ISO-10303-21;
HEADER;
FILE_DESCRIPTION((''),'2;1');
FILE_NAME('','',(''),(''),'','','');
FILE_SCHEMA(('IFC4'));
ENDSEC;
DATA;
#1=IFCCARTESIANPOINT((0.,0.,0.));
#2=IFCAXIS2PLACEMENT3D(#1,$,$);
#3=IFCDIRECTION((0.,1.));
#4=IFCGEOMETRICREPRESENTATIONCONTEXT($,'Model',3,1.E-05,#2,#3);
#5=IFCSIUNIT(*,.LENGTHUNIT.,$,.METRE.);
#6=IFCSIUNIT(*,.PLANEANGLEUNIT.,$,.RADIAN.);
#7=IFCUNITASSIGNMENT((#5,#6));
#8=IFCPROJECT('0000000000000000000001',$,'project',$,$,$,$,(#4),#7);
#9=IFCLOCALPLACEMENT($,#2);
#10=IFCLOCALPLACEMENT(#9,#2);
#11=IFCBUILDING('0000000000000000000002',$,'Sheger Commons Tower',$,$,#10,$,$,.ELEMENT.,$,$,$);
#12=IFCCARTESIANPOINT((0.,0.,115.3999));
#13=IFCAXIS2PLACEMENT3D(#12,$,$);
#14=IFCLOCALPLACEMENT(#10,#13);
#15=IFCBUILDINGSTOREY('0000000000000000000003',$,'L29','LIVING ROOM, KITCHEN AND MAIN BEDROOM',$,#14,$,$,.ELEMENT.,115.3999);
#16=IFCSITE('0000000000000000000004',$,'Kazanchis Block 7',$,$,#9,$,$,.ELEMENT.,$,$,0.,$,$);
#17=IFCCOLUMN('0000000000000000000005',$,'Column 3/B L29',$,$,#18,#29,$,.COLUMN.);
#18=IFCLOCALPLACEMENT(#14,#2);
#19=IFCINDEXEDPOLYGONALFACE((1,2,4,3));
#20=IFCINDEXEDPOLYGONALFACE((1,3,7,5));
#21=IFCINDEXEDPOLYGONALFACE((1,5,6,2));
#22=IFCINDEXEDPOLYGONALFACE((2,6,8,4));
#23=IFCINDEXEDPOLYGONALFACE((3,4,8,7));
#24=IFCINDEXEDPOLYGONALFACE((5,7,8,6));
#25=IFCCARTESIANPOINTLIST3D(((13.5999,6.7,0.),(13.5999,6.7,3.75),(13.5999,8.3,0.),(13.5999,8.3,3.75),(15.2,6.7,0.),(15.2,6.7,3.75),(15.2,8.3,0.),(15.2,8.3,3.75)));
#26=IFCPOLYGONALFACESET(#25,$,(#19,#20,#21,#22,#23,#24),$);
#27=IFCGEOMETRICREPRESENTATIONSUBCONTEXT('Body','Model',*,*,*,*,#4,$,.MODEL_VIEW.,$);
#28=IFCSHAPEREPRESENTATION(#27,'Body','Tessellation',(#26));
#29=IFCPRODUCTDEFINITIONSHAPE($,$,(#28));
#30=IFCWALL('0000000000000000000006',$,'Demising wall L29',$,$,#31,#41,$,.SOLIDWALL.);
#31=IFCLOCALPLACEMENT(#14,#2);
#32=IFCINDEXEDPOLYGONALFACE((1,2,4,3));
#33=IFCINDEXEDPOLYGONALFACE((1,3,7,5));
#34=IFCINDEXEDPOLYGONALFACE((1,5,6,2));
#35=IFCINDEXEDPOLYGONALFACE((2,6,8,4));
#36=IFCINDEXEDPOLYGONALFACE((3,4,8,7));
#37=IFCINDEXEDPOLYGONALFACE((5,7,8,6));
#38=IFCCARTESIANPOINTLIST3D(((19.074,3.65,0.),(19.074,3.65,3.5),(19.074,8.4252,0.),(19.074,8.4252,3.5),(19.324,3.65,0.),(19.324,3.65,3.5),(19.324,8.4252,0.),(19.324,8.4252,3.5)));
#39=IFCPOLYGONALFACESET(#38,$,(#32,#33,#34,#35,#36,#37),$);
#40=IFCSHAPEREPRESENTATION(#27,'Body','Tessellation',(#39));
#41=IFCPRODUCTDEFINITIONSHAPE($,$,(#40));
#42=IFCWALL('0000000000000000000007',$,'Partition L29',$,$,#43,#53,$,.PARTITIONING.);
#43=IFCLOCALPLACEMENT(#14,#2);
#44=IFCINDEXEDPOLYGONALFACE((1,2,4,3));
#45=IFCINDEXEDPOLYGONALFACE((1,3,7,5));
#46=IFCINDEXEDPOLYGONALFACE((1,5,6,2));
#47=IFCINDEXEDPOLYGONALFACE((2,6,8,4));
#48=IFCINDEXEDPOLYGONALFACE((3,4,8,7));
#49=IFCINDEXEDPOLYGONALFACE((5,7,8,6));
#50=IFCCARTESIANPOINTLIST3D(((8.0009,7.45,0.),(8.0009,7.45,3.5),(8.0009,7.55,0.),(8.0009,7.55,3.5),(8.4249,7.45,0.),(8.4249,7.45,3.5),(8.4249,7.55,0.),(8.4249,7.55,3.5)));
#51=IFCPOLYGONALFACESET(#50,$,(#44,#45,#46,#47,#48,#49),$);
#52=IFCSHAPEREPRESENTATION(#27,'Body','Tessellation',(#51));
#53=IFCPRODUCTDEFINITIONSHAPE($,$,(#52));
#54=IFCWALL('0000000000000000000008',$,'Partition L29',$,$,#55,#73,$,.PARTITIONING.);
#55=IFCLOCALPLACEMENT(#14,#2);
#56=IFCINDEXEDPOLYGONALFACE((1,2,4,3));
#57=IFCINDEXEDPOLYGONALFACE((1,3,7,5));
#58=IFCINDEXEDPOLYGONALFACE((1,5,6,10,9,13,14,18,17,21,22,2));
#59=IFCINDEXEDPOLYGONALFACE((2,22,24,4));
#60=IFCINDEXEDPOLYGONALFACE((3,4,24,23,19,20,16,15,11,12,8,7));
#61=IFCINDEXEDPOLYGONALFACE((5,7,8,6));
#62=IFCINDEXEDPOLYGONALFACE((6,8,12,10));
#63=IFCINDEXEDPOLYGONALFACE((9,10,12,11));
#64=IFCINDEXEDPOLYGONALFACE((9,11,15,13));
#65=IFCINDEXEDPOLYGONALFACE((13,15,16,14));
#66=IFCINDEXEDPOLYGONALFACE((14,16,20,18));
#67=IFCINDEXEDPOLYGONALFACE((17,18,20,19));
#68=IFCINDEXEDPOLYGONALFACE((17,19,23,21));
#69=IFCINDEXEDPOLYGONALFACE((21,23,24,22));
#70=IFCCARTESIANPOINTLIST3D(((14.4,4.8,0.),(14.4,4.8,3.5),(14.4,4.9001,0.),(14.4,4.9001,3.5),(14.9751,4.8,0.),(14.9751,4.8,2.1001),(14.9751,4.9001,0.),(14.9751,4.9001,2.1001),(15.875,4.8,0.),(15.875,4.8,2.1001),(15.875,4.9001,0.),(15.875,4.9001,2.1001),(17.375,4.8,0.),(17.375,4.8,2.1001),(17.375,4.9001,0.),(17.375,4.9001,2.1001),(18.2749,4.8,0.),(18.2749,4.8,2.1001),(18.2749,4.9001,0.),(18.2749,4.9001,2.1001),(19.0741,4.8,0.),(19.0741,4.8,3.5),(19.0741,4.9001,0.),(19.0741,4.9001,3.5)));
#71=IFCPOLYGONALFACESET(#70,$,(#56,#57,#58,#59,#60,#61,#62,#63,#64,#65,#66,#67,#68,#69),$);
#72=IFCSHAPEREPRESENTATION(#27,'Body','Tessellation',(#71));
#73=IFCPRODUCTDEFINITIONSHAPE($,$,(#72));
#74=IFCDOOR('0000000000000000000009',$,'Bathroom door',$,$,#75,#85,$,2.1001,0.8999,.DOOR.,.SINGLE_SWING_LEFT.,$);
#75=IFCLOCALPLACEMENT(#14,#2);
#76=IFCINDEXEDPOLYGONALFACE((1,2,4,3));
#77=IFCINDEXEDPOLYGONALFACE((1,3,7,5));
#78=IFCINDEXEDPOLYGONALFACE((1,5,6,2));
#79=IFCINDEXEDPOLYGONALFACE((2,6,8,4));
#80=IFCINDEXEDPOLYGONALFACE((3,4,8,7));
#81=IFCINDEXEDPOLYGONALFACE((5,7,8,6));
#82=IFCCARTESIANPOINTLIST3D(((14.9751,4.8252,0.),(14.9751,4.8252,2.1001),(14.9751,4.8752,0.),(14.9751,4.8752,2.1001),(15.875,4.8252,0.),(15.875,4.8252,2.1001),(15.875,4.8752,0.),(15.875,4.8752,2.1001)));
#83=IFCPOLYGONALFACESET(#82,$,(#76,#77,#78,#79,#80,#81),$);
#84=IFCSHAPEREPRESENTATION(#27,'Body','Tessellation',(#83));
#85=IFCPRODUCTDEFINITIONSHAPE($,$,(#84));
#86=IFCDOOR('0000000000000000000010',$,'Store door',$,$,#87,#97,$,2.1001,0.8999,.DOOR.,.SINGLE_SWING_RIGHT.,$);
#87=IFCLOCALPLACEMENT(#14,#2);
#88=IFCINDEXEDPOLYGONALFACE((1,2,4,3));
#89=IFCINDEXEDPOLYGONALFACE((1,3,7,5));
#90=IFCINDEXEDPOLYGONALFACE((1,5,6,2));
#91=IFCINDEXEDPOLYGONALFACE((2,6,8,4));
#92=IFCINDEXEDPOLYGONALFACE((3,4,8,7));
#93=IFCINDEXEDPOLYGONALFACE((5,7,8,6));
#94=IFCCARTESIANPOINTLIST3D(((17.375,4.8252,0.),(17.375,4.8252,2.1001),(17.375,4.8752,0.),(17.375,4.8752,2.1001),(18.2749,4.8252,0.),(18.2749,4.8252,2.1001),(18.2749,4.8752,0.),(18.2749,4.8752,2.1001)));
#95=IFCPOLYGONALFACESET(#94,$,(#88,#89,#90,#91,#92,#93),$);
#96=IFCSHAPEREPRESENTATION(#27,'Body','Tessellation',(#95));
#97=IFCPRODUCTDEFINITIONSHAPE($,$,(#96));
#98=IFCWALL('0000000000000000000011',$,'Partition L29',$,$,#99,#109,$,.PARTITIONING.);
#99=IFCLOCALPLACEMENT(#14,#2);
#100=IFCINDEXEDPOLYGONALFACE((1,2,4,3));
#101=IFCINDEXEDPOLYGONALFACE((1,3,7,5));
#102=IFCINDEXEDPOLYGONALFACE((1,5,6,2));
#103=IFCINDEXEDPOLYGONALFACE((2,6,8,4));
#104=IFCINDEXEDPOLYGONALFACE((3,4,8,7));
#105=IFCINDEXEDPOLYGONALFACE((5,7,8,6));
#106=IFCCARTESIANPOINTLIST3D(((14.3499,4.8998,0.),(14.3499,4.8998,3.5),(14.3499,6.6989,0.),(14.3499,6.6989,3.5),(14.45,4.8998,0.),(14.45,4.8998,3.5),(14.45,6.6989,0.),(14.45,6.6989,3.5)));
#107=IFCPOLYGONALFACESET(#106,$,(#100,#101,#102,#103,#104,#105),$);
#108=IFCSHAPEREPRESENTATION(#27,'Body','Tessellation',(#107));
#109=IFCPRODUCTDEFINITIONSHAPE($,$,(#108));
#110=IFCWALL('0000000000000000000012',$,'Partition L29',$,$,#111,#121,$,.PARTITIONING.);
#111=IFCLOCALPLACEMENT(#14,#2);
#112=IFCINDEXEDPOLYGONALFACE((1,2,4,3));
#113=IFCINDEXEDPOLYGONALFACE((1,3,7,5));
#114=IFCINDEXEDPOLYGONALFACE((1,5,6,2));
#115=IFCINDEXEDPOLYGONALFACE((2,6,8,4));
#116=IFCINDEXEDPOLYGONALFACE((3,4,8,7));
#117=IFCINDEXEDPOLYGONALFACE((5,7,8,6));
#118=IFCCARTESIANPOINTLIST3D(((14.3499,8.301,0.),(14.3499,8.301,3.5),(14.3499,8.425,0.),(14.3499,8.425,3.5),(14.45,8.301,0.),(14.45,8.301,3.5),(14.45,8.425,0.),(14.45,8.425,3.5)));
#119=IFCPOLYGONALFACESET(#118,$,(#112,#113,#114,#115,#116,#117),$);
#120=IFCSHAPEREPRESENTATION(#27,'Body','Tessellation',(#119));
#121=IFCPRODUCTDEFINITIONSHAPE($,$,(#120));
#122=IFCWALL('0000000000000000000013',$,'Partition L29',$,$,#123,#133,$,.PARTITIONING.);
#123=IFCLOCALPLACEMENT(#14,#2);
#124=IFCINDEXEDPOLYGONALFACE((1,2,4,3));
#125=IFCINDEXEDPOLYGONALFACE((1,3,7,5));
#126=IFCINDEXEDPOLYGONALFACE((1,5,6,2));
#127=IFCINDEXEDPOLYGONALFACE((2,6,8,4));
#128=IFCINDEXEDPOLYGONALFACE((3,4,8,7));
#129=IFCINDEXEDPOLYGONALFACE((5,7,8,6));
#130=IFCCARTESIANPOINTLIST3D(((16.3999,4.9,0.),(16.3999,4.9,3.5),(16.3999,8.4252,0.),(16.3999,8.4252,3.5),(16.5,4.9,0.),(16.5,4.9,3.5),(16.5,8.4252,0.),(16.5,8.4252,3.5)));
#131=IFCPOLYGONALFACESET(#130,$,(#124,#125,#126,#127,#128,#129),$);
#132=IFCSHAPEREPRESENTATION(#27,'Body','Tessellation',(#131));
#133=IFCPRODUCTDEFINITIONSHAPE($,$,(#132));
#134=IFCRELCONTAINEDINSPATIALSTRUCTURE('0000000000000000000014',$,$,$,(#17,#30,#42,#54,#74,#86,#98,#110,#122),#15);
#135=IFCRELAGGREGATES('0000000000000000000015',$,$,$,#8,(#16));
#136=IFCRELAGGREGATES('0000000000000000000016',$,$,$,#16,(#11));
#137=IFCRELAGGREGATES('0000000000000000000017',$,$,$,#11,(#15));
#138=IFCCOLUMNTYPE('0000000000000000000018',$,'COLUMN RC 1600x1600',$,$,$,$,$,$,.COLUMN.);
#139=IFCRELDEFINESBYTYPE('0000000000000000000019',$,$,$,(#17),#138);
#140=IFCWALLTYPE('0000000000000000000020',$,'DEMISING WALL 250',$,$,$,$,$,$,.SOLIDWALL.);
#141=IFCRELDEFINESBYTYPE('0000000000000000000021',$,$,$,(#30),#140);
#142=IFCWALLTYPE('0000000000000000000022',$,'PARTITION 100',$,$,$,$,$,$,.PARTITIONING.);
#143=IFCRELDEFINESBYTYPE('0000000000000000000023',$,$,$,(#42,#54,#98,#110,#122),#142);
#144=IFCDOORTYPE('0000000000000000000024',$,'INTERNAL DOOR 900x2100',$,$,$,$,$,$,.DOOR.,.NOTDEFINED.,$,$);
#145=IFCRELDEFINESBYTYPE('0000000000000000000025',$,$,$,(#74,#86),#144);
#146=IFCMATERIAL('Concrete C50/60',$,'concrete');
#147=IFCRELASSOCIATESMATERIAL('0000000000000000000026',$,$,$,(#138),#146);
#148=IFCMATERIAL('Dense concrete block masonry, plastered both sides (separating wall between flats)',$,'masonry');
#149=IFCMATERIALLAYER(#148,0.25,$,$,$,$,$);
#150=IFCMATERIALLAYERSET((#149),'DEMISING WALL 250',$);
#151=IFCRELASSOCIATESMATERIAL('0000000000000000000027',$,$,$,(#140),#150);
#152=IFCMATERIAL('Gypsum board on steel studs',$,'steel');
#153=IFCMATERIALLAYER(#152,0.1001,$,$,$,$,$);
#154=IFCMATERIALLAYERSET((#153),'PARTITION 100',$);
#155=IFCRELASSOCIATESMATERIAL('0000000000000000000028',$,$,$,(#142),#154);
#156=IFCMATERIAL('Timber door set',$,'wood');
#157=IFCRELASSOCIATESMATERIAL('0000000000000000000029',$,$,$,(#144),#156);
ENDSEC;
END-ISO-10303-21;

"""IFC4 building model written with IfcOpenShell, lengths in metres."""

from ifc_helpers import new_model, si_unit, direction, frame, frame_2d, origin, origin_2d, place, context, subcontext, project, spatial, rectangle, extrude, material, layer, layer_set, material_profile, profile_set, type_object, element, fill, save


model = new_model("IFC4")

# Units and contexts
model_context = context("Model", 3, precision=1e-05, world=origin(), true_north=direction((0.0, 1.0)))
body_context = subcontext(model_context, "Body", "Model", "MODEL_VIEW")
ifc_project = project(units=[si_unit("LENGTHUNIT", "METRE"), si_unit("PLANEANGLEUNIT", "RADIAN")], contexts=[model_context])

# Site, building, storey
site_placement = place(None, origin())
site = spatial("IfcSite", under=ifc_project, at=site_placement, Name="Kazanchis Block 7", CompositionType="ELEMENT", RefElevation=0.0)
building_placement = place(site_placement, origin())
building = spatial("IfcBuilding", under=site, at=building_placement, Name="Sheger Commons Tower", CompositionType="ELEMENT")
storey_placement = place(building_placement, frame((0.0, 0.0, 115.3999)))
storey = spatial("IfcBuildingStorey", under=building, at=storey_placement, Name="L29", Description="LIVING ROOM, KITCHEN AND MAIN BEDROOM", CompositionType="ELEMENT", Elevation=115.3999)

# Column
ifc_material_1 = material(Name="Concrete C50/60", Category="concrete")
ifc_material_profile = material_profile(ifc_material_1, rectangle(XDim=1.6001, YDim=1.6001, at=origin_2d()), Name="RC 1600x1600")
ifc_profile_set = profile_set([ifc_material_profile], Name="Concrete C50/60")
column_type = type_object("IfcColumnType", Name="COLUMN RC 1600x1600", PredefinedType="COLUMN", material=ifc_profile_set)
column_placement = place(storey_placement, frame((14.3999, 7.5, 0.0), z_axis=(0.0, 0.0, 1.0), x_axis=(1.0, 0.0, 0.0)))
element("IfcColumn", 1, at=column_placement, inside=storey, type_object=column_type, Name="Column 3/B L29", PredefinedType="COLUMN", context=body_context, shape_type="SweptSolid", body=[
    extrude(rectangle(XDim=1.6001, YDim=1.6001, at=origin_2d()), origin(), (0.0, 0.0, 1.0), 3.75),
])

# Walls
ifc_material_2 = material(Name="Dense concrete block masonry, plastered both sides (separating wall between flats)", Category="masonry")
ifc_layer_1 = layer(ifc_material_2, 0.25)
ifc_layer_set_1 = layer_set([ifc_layer_1], Name="DEMISING WALL 250")
wall_type_1 = type_object("IfcWallType", Name="DEMISING WALL 250", PredefinedType="SOLIDWALL", material=ifc_layer_set_1)
wall_1_placement = place(storey_placement, frame((19.199, 3.6499, 0.0), z_axis=(0.0, 0.0, 1.0), x_axis=(0.0, 1.0, 0.0)))
element("IfcWall", 2, at=wall_1_placement, inside=storey, type_object=wall_type_1, Name="Demising wall L29", PredefinedType="SOLIDWALL", context=body_context, shape_type="SweptSolid", body=[
    extrude(rectangle(XDim=4.7751, YDim=0.25, at=frame_2d((2.3877, 0.0))), origin(), (0.0, 0.0, 1.0), 3.5),
])
ifc_material_3 = material(Name="Gypsum board on steel studs", Category="steel")
ifc_layer_2 = layer(ifc_material_3, 0.1001)
ifc_layer_set_2 = layer_set([ifc_layer_2], Name="PARTITION 100")
wall_type_2 = type_object("IfcWallType", Name="PARTITION 100", PredefinedType="PARTITIONING", material=ifc_layer_set_2)
wall_2_placement = place(storey_placement, frame((8.001, 7.5, 0.0), z_axis=(0.0, 0.0, 1.0), x_axis=(1.0, 0.0, 0.0)))
element("IfcWall", 3, at=wall_2_placement, inside=storey, type_object=wall_type_2, Name="Partition L29", PredefinedType="PARTITIONING", context=body_context, shape_type="SweptSolid", body=[
    extrude(rectangle(XDim=0.4241, YDim=0.1001, at=frame_2d((0.2119, 0.0))), origin(), (0.0, 0.0, 1.0), 3.5),
])

# Wall, openings, doors
wall_3_placement = place(storey_placement, frame((19.074, 4.8501, 0.0), z_axis=(0.0, 0.0, 1.0), x_axis=(-1.0, 0.0, 0.0)))
wall_3 = element("IfcWall", 4, at=wall_3_placement, inside=storey, type_object=wall_type_2, Name="Partition L29", PredefinedType="PARTITIONING", context=body_context, shape_type="SweptSolid", body=[
    extrude(rectangle(XDim=4.6741, YDim=0.1001, at=frame_2d((2.3369, 0.0))), origin(), (0.0, 0.0, 1.0), 3.5),
])
opening_1_placement = place(wall_3_placement, frame((3.199, 0.0, 0.0)))
opening_1 = element("IfcOpeningElement", 5, at=opening_1_placement, cuts=wall_3, PredefinedType="OPENING", context=body_context, shape_type="SweptSolid", body=[
    extrude(rectangle(XDim=0.8999, YDim=2.1001, at=frame_2d((0.45, 1.05))), frame((0.0, 0.0601, 0.0), z_axis=(0.0, -1.0, 0.0), x_axis=(1.0, 0.0, 0.0)), (0.0, 0.0, 1.0), 0.1201),
])
opening_2_placement = place(wall_3_placement, frame((0.7991, 0.0, 0.0)))
opening_2 = element("IfcOpeningElement", 6, at=opening_2_placement, cuts=wall_3, PredefinedType="OPENING", context=body_context, shape_type="SweptSolid", body=[
    extrude(rectangle(XDim=0.8999, YDim=2.1001, at=frame_2d((0.45, 1.05))), frame((0.0, 0.0601, 0.0), z_axis=(0.0, -1.0, 0.0), x_axis=(1.0, 0.0, 0.0)), (0.0, 0.0, 1.0), 0.1201),
])
ifc_material_4 = material(Name="Timber door set", Category="wood")
door_type_1 = type_object("IfcDoorType", Name="INTERNAL DOOR 900x2100", OperationType="NOTDEFINED", PredefinedType="DOOR", material=ifc_material_4)
door_1_placement = place(opening_1_placement, origin())
door_1 = element("IfcDoor", 7, at=door_1_placement, inside=storey, type_object=door_type_1, Name="Bathroom door", OperationType="SINGLE_SWING_LEFT", OverallHeight=2.1001, OverallWidth=0.8999, PredefinedType="DOOR", context=body_context, shape_type="SweptSolid", body=[
    extrude(rectangle(XDim=0.8999, YDim=2.1001, at=frame_2d((0.45, 1.05))), frame((0.0, 0.0249, 0.0), z_axis=(0.0, -1.0, 0.0), x_axis=(1.0, 0.0, 0.0)), (0.0, 0.0, 1.0), 0.05),
])
fill(opening_1, door_1)
door_2_placement = place(opening_2_placement, origin())
door_2 = element("IfcDoor", 8, at=door_2_placement, inside=storey, type_object=door_type_1, Name="Store door", OperationType="SINGLE_SWING_RIGHT", OverallHeight=2.1001, OverallWidth=0.8999, PredefinedType="DOOR", context=body_context, shape_type="SweptSolid", body=[
    extrude(rectangle(XDim=0.8999, YDim=2.1001, at=frame_2d((0.45, 1.05))), frame((0.0, 0.0249, 0.0), z_axis=(0.0, -1.0, 0.0), x_axis=(1.0, 0.0, 0.0)), (0.0, 0.0, 1.0), 0.05),
])
fill(opening_2, door_2)

# Walls
wall_4_placement = place(storey_placement, frame((14.3999, 4.8999, 0.0), z_axis=(0.0, 0.0, 1.0), x_axis=(0.0, 1.0, 0.0)))
element("IfcWall", 9, at=wall_4_placement, inside=storey, type_object=wall_type_2, Name="Partition L29", PredefinedType="PARTITIONING", context=body_context, shape_type="SweptSolid", body=[
    extrude(rectangle(XDim=1.7991, YDim=0.1001, at=frame_2d((0.8994, 0.0))), origin(), (0.0, 0.0, 1.0), 3.5),
])
wall_5_placement = place(storey_placement, frame((14.3999, 8.301, 0.0), z_axis=(0.0, 0.0, 1.0), x_axis=(0.0, 1.0, 0.0)))
element("IfcWall", 10, at=wall_5_placement, inside=storey, type_object=wall_type_2, Name="Partition L29", PredefinedType="PARTITIONING", context=body_context, shape_type="SweptSolid", body=[
    extrude(rectangle(XDim=0.124, YDim=0.1001, at=frame_2d((0.062, 0.0))), origin(), (0.0, 0.0, 1.0), 3.5),
])
wall_6_placement = place(storey_placement, frame((16.45, 4.8999, 0.0), z_axis=(0.0, 0.0, 1.0), x_axis=(0.0, 1.0, 0.0)))
element("IfcWall", 11, at=wall_6_placement, inside=storey, type_object=wall_type_2, Name="Partition L29", PredefinedType="PARTITIONING", context=body_context, shape_type="SweptSolid", body=[
    extrude(rectangle(XDim=3.5251, YDim=0.1001, at=frame_2d((1.7627, 0.0))), origin(), (0.0, 0.0, 1.0), 3.5),
])

save(model, "model.ifc")
